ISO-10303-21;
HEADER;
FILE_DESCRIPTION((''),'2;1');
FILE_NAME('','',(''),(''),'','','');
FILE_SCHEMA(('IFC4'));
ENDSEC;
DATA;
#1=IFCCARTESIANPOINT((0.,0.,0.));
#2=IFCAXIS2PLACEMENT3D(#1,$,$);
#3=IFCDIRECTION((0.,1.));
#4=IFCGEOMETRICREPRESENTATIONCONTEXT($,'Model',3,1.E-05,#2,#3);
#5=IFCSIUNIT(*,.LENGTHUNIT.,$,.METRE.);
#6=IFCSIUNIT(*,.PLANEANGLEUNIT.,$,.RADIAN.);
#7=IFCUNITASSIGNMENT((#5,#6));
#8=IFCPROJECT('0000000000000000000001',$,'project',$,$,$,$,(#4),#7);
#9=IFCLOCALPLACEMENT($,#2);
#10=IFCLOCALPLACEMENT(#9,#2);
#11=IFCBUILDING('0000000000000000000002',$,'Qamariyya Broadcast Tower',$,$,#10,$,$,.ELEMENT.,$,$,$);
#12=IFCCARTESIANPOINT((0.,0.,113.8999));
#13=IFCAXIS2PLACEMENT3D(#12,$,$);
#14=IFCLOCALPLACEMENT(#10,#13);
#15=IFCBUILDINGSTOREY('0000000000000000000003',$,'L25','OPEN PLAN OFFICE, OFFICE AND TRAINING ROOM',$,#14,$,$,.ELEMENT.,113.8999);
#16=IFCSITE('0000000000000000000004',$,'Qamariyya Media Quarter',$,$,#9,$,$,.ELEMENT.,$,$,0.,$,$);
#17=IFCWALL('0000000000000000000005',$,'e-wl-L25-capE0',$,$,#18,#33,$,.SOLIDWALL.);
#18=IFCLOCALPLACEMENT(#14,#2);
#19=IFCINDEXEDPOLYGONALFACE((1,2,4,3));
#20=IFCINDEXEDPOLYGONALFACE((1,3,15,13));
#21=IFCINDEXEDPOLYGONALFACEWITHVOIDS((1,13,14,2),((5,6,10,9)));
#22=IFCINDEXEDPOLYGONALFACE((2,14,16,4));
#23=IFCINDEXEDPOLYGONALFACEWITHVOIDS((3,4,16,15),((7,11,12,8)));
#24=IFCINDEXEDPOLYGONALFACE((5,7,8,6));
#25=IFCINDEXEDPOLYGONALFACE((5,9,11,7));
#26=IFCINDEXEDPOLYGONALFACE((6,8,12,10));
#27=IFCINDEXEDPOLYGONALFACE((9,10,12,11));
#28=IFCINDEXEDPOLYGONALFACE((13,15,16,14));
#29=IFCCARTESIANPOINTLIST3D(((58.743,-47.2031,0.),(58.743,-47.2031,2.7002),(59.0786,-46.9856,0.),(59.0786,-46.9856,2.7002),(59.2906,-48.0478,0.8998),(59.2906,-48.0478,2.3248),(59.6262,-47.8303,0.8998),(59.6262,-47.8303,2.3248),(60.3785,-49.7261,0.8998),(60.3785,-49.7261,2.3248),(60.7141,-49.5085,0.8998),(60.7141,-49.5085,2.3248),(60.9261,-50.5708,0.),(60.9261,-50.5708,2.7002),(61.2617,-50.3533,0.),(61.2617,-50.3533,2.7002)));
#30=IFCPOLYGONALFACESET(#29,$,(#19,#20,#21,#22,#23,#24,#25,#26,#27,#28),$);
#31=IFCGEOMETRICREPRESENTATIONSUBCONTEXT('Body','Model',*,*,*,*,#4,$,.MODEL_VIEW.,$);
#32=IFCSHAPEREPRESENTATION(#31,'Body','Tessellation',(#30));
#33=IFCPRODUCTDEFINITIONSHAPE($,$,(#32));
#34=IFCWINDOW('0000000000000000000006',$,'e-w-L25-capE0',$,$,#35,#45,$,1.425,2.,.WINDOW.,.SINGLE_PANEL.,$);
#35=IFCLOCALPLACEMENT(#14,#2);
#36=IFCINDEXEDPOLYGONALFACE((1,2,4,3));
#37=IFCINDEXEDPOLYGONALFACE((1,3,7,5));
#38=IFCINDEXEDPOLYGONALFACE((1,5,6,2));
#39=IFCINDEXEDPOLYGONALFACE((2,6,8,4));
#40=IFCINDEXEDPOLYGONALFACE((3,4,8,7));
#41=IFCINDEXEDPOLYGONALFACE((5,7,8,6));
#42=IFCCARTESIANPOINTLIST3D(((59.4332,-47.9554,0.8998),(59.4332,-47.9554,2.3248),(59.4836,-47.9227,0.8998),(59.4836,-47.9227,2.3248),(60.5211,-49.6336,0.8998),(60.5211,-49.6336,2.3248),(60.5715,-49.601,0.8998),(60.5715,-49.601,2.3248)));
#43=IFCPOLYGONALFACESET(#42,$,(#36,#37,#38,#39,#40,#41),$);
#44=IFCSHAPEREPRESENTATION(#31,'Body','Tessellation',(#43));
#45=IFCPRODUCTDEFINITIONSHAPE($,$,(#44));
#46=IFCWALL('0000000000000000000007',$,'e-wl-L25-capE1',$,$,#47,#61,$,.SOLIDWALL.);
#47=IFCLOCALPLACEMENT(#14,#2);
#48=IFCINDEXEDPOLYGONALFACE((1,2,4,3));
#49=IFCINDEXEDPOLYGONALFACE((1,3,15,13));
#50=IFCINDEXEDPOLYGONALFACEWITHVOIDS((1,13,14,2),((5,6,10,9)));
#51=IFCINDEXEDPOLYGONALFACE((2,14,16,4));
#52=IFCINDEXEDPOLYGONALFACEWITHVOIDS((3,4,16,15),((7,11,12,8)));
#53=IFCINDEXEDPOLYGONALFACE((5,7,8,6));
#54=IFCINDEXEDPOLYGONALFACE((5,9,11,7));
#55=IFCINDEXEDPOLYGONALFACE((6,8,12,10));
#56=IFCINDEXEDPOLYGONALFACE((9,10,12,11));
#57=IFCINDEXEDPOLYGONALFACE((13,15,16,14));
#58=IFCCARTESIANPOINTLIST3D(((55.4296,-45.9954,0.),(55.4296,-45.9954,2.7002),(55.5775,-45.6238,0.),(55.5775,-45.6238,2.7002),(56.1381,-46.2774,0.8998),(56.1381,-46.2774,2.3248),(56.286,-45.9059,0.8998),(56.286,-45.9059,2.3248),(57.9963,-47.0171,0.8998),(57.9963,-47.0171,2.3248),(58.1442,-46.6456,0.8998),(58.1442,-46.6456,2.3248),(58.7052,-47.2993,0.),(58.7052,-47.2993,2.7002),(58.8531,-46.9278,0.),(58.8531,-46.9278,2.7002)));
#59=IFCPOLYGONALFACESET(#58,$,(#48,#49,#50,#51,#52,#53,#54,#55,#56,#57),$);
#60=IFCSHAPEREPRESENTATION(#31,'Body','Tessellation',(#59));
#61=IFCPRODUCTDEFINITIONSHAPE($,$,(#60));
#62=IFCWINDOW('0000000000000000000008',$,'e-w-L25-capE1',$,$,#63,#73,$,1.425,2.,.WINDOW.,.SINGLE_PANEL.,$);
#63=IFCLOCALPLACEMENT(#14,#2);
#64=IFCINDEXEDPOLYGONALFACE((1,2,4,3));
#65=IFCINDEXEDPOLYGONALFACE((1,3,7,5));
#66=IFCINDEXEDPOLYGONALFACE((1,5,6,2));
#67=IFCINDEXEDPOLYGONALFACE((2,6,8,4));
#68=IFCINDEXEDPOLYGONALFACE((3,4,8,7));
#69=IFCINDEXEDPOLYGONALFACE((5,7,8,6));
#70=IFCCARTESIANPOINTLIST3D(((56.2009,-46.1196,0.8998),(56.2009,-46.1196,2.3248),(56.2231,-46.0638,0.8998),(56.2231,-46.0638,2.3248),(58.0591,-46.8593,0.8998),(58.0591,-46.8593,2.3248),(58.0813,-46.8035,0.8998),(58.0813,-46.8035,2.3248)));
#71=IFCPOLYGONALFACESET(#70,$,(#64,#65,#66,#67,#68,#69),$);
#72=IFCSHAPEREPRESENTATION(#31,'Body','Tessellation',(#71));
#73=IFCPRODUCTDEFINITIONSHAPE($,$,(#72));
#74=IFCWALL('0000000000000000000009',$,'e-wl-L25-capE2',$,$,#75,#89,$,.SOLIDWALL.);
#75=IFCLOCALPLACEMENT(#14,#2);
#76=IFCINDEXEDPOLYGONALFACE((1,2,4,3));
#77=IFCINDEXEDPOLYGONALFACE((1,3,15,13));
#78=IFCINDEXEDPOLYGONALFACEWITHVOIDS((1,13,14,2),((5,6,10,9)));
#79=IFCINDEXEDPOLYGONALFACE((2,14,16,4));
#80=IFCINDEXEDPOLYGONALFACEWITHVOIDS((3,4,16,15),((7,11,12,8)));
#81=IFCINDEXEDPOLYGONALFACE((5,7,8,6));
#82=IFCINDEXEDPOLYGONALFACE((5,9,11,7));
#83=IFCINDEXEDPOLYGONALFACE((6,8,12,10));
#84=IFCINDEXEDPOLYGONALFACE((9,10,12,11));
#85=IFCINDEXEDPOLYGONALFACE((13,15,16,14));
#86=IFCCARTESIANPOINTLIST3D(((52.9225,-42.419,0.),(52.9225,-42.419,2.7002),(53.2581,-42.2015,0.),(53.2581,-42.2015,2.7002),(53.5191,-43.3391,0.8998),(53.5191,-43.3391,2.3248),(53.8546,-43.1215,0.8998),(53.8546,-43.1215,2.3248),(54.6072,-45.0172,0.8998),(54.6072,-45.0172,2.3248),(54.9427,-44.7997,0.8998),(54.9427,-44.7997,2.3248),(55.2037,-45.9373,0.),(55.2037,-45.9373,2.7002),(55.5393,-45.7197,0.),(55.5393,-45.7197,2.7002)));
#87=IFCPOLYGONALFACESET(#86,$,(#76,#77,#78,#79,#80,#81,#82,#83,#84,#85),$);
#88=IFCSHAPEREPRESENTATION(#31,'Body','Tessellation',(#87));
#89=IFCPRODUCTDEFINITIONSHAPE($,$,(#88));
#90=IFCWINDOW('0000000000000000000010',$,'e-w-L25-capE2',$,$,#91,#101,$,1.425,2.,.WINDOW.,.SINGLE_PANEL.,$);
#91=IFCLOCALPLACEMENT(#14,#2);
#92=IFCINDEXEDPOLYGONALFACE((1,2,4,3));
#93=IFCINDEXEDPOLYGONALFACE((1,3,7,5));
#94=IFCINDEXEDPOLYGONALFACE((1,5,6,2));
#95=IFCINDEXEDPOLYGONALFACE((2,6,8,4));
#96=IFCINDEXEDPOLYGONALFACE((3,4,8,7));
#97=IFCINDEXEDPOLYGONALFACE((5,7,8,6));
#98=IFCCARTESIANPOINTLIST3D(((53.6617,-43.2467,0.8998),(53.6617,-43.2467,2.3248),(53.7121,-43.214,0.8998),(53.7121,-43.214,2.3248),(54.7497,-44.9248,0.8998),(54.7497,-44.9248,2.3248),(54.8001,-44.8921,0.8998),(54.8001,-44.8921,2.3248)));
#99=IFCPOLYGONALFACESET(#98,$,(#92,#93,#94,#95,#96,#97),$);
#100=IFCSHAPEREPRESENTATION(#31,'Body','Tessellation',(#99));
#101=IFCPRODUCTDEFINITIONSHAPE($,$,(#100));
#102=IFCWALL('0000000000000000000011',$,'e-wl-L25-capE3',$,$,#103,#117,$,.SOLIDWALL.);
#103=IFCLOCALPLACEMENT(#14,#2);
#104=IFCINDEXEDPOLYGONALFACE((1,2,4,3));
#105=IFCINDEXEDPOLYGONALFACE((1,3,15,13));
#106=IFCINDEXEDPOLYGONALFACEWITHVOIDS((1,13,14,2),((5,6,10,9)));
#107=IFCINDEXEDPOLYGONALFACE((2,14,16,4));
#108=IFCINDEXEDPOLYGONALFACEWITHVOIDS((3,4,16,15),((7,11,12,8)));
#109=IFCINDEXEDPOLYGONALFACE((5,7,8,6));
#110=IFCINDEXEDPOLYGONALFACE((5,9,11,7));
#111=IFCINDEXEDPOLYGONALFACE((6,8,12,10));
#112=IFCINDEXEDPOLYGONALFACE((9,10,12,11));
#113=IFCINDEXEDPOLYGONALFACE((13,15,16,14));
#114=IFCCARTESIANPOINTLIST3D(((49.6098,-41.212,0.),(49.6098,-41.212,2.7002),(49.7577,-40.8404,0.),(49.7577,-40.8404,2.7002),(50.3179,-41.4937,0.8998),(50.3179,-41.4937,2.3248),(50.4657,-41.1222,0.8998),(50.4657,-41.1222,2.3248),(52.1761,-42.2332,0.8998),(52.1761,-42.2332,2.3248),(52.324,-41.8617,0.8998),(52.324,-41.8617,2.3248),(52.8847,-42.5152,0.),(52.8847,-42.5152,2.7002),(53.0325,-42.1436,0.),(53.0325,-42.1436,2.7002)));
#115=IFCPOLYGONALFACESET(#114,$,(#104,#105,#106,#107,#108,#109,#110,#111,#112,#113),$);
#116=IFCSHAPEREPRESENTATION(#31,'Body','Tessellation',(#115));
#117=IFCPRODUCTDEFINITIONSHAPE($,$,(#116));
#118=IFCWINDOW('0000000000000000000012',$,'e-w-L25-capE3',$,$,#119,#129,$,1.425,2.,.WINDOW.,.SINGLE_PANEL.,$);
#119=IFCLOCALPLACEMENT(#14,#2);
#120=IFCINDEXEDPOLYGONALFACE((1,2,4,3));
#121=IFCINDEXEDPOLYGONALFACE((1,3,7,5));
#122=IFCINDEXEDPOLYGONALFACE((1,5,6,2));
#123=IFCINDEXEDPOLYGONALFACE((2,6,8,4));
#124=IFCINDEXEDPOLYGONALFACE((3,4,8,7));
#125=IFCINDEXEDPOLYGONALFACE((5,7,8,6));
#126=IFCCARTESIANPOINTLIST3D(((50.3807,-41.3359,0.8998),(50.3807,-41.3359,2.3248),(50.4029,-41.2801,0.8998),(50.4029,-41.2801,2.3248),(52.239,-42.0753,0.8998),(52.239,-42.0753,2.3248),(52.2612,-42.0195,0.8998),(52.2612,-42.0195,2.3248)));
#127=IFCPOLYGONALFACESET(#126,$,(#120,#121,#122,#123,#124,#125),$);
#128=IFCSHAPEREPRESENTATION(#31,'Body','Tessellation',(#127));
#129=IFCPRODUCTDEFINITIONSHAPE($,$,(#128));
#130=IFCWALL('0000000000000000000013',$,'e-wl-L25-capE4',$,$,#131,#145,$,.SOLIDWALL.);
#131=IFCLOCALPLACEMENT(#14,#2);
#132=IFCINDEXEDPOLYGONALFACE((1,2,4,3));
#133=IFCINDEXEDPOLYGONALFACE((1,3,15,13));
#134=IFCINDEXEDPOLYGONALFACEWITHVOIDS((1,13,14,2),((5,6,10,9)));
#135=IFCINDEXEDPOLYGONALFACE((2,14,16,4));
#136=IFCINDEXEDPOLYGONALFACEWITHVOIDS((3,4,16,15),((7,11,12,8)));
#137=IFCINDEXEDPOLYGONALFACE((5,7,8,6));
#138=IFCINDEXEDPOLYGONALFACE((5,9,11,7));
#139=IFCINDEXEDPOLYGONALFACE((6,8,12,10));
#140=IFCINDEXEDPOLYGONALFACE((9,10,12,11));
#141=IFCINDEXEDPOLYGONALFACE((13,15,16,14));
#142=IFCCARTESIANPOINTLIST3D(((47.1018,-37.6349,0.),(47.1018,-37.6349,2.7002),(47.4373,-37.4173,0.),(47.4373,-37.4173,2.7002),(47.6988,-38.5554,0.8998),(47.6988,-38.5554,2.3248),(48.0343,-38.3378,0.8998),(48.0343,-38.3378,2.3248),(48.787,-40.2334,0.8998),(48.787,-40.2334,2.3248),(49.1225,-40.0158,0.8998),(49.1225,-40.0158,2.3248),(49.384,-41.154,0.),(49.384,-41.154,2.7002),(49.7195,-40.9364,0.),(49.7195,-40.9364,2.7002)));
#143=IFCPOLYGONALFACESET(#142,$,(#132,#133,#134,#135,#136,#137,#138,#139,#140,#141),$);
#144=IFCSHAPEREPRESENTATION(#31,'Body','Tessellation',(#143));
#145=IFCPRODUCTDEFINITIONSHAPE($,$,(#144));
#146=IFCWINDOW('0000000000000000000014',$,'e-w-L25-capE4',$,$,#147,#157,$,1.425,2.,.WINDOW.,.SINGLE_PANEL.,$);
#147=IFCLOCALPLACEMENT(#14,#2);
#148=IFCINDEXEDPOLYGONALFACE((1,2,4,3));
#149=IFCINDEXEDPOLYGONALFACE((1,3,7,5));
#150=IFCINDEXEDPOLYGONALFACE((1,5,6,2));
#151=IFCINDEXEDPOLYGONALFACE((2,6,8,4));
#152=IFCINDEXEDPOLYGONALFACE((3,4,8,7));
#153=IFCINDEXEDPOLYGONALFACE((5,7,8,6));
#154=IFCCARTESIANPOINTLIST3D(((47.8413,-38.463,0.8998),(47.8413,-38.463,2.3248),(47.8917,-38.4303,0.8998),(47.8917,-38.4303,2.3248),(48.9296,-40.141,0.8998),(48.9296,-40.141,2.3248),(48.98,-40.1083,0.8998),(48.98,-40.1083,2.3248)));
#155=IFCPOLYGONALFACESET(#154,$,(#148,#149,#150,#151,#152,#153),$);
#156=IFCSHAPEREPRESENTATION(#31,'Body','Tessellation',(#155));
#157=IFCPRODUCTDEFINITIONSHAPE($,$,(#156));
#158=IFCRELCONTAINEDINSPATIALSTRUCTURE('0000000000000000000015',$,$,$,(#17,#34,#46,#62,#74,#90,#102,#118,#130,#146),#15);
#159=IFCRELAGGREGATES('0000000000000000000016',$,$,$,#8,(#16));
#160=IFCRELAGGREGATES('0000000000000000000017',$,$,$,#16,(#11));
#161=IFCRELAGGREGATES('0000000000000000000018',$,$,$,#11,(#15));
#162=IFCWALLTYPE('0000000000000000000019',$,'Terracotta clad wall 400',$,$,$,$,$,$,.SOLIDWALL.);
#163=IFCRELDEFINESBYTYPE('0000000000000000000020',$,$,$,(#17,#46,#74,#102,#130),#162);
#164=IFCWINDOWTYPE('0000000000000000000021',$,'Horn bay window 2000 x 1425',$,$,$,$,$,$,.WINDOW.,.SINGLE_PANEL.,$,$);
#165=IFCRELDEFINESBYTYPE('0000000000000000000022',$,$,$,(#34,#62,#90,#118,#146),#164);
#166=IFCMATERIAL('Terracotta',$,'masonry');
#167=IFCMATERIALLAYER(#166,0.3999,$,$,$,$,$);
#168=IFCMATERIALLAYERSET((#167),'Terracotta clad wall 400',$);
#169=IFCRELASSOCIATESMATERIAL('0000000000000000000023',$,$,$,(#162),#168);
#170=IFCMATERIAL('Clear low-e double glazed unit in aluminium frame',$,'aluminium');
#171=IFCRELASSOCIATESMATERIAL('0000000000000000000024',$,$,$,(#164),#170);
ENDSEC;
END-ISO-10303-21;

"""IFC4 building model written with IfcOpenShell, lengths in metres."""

from ifc_helpers import new_model, si_unit, direction, frame, frame_2d, origin, place, context, subcontext, project, spatial, rectangle, extrude, material, layer, layer_set, type_object, element, fill, save


model = new_model("IFC4")

# Units and contexts
model_context = context("Model", 3, precision=1e-05, world=origin(), true_north=direction((0.0, 1.0)))
body_context = subcontext(model_context, "Body", "Model", "MODEL_VIEW")
ifc_project = project(units=[si_unit("LENGTHUNIT", "METRE"), si_unit("PLANEANGLEUNIT", "RADIAN")], contexts=[model_context])

# Site, building, storey
site_placement = place(None, origin())
site = spatial("IfcSite", under=ifc_project, at=site_placement, Name="Qamariyya Media Quarter", CompositionType="ELEMENT", RefElevation=0.0)
building_placement = place(site_placement, origin())
building = spatial("IfcBuilding", under=site, at=building_placement, Name="Qamariyya Broadcast Tower", CompositionType="ELEMENT")
storey_placement = place(building_placement, frame((0.0, 0.0, 113.8999)))
storey = spatial("IfcBuildingStorey", under=building, at=storey_placement, Name="L25", Description="OPEN PLAN OFFICE, OFFICE AND TRAINING ROOM", CompositionType="ELEMENT", Elevation=113.8999)

# Walls, openings, windows
ifc_material_1 = material(Name="Terracotta", Category="masonry")
ifc_layer_1 = layer(ifc_material_1, 0.3999)
ifc_layer_set_1 = layer_set([ifc_layer_1], Name="Terracotta clad wall 400")
wall_type_1 = type_object("IfcWallType", Name="Terracotta clad wall 400", PredefinedType="SOLIDWALL", material=ifc_layer_set_1)
wall_1_placement = place(storey_placement, frame((61.094, -50.4622, 0.0), z_axis=(0.0, 0.0, 1.0), x_axis=(-0.543957, 0.839113, 0.0)))
wall_1 = element("IfcWall", 1, at=wall_1_placement, inside=storey, type_object=wall_type_1, Name="e-wl-L25-capE0", PredefinedType="SOLIDWALL", context=body_context, shape_type="SweptSolid", body=[
    extrude(rectangle(XDim=4.0134, YDim=0.3999, at=frame_2d((2.0068, 0.0))), origin(), (0.0, 0.0, 1.0), 2.7002),
])
opening_1_placement = place(wall_1_placement, frame((1.0068, 0.0, 0.8999)))
opening_1 = element("IfcOpeningElement", 2, at=opening_1_placement, cuts=wall_1, PredefinedType="OPENING", context=body_context, shape_type="SweptSolid", body=[
    extrude(rectangle(XDim=2.0, YDim=1.425, at=frame_2d((1.0, 0.7124))), frame((0.0, 0.21, 0.0), z_axis=(0.0, -1.0, 0.0), x_axis=(1.0, 0.0, 0.0)), (0.0, 0.0, 1.0), 0.4199),
])
ifc_material_2 = material(Name="Clear low-e double glazed unit in aluminium frame", Category="aluminium")
window_type = type_object("IfcWindowType", Name="Horn bay window 2000 x 1425", PartitioningType="SINGLE_PANEL", PredefinedType="WINDOW", material=ifc_material_2)
window_1_placement = place(opening_1_placement, origin())
window_1 = element("IfcWindow", 3, at=window_1_placement, inside=storey, type_object=window_type, Name="e-w-L25-capE0", OverallHeight=1.425, OverallWidth=2.0, PartitioningType="SINGLE_PANEL", PredefinedType="WINDOW", context=body_context, shape_type="SweptSolid", body=[
    extrude(rectangle(XDim=2.0, YDim=1.425, at=frame_2d((1.0, 0.7124))), frame((0.0, 0.03, 0.0), z_axis=(0.0, -1.0, 0.0), x_axis=(1.0, 0.0, 0.0)), (0.0, 0.0, 1.0), 0.0601),
])
fill(opening_1, window_1)
wall_2_placement = place(storey_placement, frame((58.7791, -47.1135, 0.0), z_axis=(0.0, 0.0, 1.0), x_axis=(-0.929091, 0.36985, 0.0)))
wall_2 = element("IfcWall", 4, at=wall_2_placement, inside=storey, type_object=wall_type_1, Name="e-wl-L25-capE1", PredefinedType="SOLIDWALL", context=body_context, shape_type="SweptSolid", body=[
    extrude(rectangle(XDim=3.5256, YDim=0.3999, at=frame_2d((1.7627, 0.0))), origin(), (0.0, 0.0, 1.0), 2.7002),
])
opening_2_placement = place(wall_2_placement, frame((0.7629, 0.0, 0.8999)))
opening_2 = element("IfcOpeningElement", 5, at=opening_2_placement, cuts=wall_2, PredefinedType="OPENING", context=body_context, shape_type="SweptSolid", body=[
    extrude(rectangle(XDim=2.0, YDim=1.425, at=frame_2d((1.0, 0.7124))), frame((0.0, 0.21, 0.0), z_axis=(0.0, -1.0, 0.0), x_axis=(1.0, 0.0, 0.0)), (0.0, 0.0, 1.0), 0.4199),
])
window_2_placement = place(opening_2_placement, origin())
window_2 = element("IfcWindow", 6, at=window_2_placement, inside=storey, type_object=window_type, Name="e-w-L25-capE1", OverallHeight=1.425, OverallWidth=2.0, PartitioningType="SINGLE_PANEL", PredefinedType="WINDOW", context=body_context, shape_type="SweptSolid", body=[
    extrude(rectangle(XDim=2.0, YDim=1.425, at=frame_2d((1.0, 0.7124))), frame((0.0, 0.03, 0.0), z_axis=(0.0, -1.0, 0.0), x_axis=(1.0, 0.0, 0.0)), (0.0, 0.0, 1.0), 0.0601),
])
fill(opening_2, window_2)
wall_3_placement = place(storey_placement, frame((55.3716, -45.8286, 0.0), z_axis=(0.0, 0.0, 1.0), x_axis=(-0.54404, 0.839059, 0.0)))
wall_3 = element("IfcWall", 7, at=wall_3_placement, inside=storey, type_object=wall_type_1, Name="e-wl-L25-capE2", PredefinedType="SOLIDWALL", context=body_context, shape_type="SweptSolid", body=[
    extrude(rectangle(XDim=4.1931, YDim=0.3999, at=frame_2d((2.0967, 0.0))), origin(), (0.0, 0.0, 1.0), 2.7002),
])
opening_3_placement = place(wall_3_placement, frame((1.0967, 0.0, 0.8999)))
opening_3 = element("IfcOpeningElement", 8, at=opening_3_placement, cuts=wall_3, PredefinedType="OPENING", context=body_context, shape_type="SweptSolid", body=[
    extrude(rectangle(XDim=2.0, YDim=1.425, at=frame_2d((1.0, 0.7124))), frame((0.0, 0.21, 0.0), z_axis=(0.0, -1.0, 0.0), x_axis=(1.0, 0.0, 0.0)), (0.0, 0.0, 1.0), 0.4199),
])
window_3_placement = place(opening_3_placement, origin())
window_3 = element("IfcWindow", 9, at=window_3_placement, inside=storey, type_object=window_type, Name="e-w-L25-capE2", OverallHeight=1.425, OverallWidth=2.0, PartitioningType="SINGLE_PANEL", PredefinedType="WINDOW", context=body_context, shape_type="SweptSolid", body=[
    extrude(rectangle(XDim=2.0, YDim=1.425, at=frame_2d((1.0, 0.7124))), frame((0.0, 0.03, 0.0), z_axis=(0.0, -1.0, 0.0), x_axis=(1.0, 0.0, 0.0)), (0.0, 0.0, 1.0), 0.0601),
])
fill(opening_3, window_3)
wall_4_placement = place(storey_placement, frame((52.9585, -42.3293, 0.0), z_axis=(0.0, 0.0, 1.0), x_axis=(-0.929134, 0.369742, 0.0)))
wall_4 = element("IfcWall", 10, at=wall_4_placement, inside=storey, type_object=wall_type_1, Name="e-wl-L25-capE3", PredefinedType="SOLIDWALL", context=body_context, shape_type="SweptSolid", body=[
    extrude(rectangle(XDim=3.5247, YDim=0.3999, at=frame_2d((1.7622, 0.0))), origin(), (0.0, 0.0, 1.0), 2.7002),
])
opening_4_placement = place(wall_4_placement, frame((0.7625, 0.0, 0.8999)))
opening_4 = element("IfcOpeningElement", 11, at=opening_4_placement, cuts=wall_4, PredefinedType="OPENING", context=body_context, shape_type="SweptSolid", body=[
    extrude(rectangle(XDim=2.0, YDim=1.425, at=frame_2d((1.0, 0.7124))), frame((0.0, 0.21, 0.0), z_axis=(0.0, -1.0, 0.0), x_axis=(1.0, 0.0, 0.0)), (0.0, 0.0, 1.0), 0.4199),
])
window_4_placement = place(opening_4_placement, origin())
window_4 = element("IfcWindow", 12, at=window_4_placement, inside=storey, type_object=window_type, Name="e-w-L25-capE3", OverallHeight=1.425, OverallWidth=2.0, PartitioningType="SINGLE_PANEL", PredefinedType="WINDOW", context=body_context, shape_type="SweptSolid", body=[
    extrude(rectangle(XDim=2.0, YDim=1.425, at=frame_2d((1.0, 0.7124))), frame((0.0, 0.03, 0.0), z_axis=(0.0, -1.0, 0.0), x_axis=(1.0, 0.0, 0.0)), (0.0, 0.0, 1.0), 0.0601),
])
fill(opening_4, window_4)
wall_5_placement = place(storey_placement, frame((49.5518, -41.0452, 0.0), z_axis=(0.0, 0.0, 1.0), x_axis=(-0.544125, 0.839004, 0.0)))
wall_5 = element("IfcWall", 13, at=wall_5_placement, inside=storey, type_object=wall_type_1, Name="e-wl-L25-capE4", PredefinedType="SOLIDWALL", context=body_context, shape_type="SweptSolid", body=[
    extrude(rectangle(XDim=4.1943, YDim=0.3999, at=frame_2d((2.0972, 0.0))), origin(), (0.0, 0.0, 1.0), 2.7002),
])
opening_5_placement = place(wall_5_placement, frame((1.0972, 0.0, 0.8999)))
opening_5 = element("IfcOpeningElement", 14, at=opening_5_placement, cuts=wall_5, PredefinedType="OPENING", context=body_context, shape_type="SweptSolid", body=[
    extrude(rectangle(XDim=2.0, YDim=1.425, at=frame_2d((1.0, 0.7124))), frame((0.0, 0.21, 0.0), z_axis=(0.0, -1.0, 0.0), x_axis=(1.0, 0.0, 0.0)), (0.0, 0.0, 1.0), 0.4199),
])
window_5_placement = place(opening_5_placement, origin())
window_5 = element("IfcWindow", 15, at=window_5_placement, inside=storey, type_object=window_type, Name="e-w-L25-capE4", OverallHeight=1.425, OverallWidth=2.0, PartitioningType="SINGLE_PANEL", PredefinedType="WINDOW", context=body_context, shape_type="SweptSolid", body=[
    extrude(rectangle(XDim=2.0, YDim=1.425, at=frame_2d((1.0, 0.7124))), frame((0.0, 0.03, 0.0), z_axis=(0.0, -1.0, 0.0), x_axis=(1.0, 0.0, 0.0)), (0.0, 0.0, 1.0), 0.0601),
])
fill(opening_5, window_5)

save(model, "model.ifc")
